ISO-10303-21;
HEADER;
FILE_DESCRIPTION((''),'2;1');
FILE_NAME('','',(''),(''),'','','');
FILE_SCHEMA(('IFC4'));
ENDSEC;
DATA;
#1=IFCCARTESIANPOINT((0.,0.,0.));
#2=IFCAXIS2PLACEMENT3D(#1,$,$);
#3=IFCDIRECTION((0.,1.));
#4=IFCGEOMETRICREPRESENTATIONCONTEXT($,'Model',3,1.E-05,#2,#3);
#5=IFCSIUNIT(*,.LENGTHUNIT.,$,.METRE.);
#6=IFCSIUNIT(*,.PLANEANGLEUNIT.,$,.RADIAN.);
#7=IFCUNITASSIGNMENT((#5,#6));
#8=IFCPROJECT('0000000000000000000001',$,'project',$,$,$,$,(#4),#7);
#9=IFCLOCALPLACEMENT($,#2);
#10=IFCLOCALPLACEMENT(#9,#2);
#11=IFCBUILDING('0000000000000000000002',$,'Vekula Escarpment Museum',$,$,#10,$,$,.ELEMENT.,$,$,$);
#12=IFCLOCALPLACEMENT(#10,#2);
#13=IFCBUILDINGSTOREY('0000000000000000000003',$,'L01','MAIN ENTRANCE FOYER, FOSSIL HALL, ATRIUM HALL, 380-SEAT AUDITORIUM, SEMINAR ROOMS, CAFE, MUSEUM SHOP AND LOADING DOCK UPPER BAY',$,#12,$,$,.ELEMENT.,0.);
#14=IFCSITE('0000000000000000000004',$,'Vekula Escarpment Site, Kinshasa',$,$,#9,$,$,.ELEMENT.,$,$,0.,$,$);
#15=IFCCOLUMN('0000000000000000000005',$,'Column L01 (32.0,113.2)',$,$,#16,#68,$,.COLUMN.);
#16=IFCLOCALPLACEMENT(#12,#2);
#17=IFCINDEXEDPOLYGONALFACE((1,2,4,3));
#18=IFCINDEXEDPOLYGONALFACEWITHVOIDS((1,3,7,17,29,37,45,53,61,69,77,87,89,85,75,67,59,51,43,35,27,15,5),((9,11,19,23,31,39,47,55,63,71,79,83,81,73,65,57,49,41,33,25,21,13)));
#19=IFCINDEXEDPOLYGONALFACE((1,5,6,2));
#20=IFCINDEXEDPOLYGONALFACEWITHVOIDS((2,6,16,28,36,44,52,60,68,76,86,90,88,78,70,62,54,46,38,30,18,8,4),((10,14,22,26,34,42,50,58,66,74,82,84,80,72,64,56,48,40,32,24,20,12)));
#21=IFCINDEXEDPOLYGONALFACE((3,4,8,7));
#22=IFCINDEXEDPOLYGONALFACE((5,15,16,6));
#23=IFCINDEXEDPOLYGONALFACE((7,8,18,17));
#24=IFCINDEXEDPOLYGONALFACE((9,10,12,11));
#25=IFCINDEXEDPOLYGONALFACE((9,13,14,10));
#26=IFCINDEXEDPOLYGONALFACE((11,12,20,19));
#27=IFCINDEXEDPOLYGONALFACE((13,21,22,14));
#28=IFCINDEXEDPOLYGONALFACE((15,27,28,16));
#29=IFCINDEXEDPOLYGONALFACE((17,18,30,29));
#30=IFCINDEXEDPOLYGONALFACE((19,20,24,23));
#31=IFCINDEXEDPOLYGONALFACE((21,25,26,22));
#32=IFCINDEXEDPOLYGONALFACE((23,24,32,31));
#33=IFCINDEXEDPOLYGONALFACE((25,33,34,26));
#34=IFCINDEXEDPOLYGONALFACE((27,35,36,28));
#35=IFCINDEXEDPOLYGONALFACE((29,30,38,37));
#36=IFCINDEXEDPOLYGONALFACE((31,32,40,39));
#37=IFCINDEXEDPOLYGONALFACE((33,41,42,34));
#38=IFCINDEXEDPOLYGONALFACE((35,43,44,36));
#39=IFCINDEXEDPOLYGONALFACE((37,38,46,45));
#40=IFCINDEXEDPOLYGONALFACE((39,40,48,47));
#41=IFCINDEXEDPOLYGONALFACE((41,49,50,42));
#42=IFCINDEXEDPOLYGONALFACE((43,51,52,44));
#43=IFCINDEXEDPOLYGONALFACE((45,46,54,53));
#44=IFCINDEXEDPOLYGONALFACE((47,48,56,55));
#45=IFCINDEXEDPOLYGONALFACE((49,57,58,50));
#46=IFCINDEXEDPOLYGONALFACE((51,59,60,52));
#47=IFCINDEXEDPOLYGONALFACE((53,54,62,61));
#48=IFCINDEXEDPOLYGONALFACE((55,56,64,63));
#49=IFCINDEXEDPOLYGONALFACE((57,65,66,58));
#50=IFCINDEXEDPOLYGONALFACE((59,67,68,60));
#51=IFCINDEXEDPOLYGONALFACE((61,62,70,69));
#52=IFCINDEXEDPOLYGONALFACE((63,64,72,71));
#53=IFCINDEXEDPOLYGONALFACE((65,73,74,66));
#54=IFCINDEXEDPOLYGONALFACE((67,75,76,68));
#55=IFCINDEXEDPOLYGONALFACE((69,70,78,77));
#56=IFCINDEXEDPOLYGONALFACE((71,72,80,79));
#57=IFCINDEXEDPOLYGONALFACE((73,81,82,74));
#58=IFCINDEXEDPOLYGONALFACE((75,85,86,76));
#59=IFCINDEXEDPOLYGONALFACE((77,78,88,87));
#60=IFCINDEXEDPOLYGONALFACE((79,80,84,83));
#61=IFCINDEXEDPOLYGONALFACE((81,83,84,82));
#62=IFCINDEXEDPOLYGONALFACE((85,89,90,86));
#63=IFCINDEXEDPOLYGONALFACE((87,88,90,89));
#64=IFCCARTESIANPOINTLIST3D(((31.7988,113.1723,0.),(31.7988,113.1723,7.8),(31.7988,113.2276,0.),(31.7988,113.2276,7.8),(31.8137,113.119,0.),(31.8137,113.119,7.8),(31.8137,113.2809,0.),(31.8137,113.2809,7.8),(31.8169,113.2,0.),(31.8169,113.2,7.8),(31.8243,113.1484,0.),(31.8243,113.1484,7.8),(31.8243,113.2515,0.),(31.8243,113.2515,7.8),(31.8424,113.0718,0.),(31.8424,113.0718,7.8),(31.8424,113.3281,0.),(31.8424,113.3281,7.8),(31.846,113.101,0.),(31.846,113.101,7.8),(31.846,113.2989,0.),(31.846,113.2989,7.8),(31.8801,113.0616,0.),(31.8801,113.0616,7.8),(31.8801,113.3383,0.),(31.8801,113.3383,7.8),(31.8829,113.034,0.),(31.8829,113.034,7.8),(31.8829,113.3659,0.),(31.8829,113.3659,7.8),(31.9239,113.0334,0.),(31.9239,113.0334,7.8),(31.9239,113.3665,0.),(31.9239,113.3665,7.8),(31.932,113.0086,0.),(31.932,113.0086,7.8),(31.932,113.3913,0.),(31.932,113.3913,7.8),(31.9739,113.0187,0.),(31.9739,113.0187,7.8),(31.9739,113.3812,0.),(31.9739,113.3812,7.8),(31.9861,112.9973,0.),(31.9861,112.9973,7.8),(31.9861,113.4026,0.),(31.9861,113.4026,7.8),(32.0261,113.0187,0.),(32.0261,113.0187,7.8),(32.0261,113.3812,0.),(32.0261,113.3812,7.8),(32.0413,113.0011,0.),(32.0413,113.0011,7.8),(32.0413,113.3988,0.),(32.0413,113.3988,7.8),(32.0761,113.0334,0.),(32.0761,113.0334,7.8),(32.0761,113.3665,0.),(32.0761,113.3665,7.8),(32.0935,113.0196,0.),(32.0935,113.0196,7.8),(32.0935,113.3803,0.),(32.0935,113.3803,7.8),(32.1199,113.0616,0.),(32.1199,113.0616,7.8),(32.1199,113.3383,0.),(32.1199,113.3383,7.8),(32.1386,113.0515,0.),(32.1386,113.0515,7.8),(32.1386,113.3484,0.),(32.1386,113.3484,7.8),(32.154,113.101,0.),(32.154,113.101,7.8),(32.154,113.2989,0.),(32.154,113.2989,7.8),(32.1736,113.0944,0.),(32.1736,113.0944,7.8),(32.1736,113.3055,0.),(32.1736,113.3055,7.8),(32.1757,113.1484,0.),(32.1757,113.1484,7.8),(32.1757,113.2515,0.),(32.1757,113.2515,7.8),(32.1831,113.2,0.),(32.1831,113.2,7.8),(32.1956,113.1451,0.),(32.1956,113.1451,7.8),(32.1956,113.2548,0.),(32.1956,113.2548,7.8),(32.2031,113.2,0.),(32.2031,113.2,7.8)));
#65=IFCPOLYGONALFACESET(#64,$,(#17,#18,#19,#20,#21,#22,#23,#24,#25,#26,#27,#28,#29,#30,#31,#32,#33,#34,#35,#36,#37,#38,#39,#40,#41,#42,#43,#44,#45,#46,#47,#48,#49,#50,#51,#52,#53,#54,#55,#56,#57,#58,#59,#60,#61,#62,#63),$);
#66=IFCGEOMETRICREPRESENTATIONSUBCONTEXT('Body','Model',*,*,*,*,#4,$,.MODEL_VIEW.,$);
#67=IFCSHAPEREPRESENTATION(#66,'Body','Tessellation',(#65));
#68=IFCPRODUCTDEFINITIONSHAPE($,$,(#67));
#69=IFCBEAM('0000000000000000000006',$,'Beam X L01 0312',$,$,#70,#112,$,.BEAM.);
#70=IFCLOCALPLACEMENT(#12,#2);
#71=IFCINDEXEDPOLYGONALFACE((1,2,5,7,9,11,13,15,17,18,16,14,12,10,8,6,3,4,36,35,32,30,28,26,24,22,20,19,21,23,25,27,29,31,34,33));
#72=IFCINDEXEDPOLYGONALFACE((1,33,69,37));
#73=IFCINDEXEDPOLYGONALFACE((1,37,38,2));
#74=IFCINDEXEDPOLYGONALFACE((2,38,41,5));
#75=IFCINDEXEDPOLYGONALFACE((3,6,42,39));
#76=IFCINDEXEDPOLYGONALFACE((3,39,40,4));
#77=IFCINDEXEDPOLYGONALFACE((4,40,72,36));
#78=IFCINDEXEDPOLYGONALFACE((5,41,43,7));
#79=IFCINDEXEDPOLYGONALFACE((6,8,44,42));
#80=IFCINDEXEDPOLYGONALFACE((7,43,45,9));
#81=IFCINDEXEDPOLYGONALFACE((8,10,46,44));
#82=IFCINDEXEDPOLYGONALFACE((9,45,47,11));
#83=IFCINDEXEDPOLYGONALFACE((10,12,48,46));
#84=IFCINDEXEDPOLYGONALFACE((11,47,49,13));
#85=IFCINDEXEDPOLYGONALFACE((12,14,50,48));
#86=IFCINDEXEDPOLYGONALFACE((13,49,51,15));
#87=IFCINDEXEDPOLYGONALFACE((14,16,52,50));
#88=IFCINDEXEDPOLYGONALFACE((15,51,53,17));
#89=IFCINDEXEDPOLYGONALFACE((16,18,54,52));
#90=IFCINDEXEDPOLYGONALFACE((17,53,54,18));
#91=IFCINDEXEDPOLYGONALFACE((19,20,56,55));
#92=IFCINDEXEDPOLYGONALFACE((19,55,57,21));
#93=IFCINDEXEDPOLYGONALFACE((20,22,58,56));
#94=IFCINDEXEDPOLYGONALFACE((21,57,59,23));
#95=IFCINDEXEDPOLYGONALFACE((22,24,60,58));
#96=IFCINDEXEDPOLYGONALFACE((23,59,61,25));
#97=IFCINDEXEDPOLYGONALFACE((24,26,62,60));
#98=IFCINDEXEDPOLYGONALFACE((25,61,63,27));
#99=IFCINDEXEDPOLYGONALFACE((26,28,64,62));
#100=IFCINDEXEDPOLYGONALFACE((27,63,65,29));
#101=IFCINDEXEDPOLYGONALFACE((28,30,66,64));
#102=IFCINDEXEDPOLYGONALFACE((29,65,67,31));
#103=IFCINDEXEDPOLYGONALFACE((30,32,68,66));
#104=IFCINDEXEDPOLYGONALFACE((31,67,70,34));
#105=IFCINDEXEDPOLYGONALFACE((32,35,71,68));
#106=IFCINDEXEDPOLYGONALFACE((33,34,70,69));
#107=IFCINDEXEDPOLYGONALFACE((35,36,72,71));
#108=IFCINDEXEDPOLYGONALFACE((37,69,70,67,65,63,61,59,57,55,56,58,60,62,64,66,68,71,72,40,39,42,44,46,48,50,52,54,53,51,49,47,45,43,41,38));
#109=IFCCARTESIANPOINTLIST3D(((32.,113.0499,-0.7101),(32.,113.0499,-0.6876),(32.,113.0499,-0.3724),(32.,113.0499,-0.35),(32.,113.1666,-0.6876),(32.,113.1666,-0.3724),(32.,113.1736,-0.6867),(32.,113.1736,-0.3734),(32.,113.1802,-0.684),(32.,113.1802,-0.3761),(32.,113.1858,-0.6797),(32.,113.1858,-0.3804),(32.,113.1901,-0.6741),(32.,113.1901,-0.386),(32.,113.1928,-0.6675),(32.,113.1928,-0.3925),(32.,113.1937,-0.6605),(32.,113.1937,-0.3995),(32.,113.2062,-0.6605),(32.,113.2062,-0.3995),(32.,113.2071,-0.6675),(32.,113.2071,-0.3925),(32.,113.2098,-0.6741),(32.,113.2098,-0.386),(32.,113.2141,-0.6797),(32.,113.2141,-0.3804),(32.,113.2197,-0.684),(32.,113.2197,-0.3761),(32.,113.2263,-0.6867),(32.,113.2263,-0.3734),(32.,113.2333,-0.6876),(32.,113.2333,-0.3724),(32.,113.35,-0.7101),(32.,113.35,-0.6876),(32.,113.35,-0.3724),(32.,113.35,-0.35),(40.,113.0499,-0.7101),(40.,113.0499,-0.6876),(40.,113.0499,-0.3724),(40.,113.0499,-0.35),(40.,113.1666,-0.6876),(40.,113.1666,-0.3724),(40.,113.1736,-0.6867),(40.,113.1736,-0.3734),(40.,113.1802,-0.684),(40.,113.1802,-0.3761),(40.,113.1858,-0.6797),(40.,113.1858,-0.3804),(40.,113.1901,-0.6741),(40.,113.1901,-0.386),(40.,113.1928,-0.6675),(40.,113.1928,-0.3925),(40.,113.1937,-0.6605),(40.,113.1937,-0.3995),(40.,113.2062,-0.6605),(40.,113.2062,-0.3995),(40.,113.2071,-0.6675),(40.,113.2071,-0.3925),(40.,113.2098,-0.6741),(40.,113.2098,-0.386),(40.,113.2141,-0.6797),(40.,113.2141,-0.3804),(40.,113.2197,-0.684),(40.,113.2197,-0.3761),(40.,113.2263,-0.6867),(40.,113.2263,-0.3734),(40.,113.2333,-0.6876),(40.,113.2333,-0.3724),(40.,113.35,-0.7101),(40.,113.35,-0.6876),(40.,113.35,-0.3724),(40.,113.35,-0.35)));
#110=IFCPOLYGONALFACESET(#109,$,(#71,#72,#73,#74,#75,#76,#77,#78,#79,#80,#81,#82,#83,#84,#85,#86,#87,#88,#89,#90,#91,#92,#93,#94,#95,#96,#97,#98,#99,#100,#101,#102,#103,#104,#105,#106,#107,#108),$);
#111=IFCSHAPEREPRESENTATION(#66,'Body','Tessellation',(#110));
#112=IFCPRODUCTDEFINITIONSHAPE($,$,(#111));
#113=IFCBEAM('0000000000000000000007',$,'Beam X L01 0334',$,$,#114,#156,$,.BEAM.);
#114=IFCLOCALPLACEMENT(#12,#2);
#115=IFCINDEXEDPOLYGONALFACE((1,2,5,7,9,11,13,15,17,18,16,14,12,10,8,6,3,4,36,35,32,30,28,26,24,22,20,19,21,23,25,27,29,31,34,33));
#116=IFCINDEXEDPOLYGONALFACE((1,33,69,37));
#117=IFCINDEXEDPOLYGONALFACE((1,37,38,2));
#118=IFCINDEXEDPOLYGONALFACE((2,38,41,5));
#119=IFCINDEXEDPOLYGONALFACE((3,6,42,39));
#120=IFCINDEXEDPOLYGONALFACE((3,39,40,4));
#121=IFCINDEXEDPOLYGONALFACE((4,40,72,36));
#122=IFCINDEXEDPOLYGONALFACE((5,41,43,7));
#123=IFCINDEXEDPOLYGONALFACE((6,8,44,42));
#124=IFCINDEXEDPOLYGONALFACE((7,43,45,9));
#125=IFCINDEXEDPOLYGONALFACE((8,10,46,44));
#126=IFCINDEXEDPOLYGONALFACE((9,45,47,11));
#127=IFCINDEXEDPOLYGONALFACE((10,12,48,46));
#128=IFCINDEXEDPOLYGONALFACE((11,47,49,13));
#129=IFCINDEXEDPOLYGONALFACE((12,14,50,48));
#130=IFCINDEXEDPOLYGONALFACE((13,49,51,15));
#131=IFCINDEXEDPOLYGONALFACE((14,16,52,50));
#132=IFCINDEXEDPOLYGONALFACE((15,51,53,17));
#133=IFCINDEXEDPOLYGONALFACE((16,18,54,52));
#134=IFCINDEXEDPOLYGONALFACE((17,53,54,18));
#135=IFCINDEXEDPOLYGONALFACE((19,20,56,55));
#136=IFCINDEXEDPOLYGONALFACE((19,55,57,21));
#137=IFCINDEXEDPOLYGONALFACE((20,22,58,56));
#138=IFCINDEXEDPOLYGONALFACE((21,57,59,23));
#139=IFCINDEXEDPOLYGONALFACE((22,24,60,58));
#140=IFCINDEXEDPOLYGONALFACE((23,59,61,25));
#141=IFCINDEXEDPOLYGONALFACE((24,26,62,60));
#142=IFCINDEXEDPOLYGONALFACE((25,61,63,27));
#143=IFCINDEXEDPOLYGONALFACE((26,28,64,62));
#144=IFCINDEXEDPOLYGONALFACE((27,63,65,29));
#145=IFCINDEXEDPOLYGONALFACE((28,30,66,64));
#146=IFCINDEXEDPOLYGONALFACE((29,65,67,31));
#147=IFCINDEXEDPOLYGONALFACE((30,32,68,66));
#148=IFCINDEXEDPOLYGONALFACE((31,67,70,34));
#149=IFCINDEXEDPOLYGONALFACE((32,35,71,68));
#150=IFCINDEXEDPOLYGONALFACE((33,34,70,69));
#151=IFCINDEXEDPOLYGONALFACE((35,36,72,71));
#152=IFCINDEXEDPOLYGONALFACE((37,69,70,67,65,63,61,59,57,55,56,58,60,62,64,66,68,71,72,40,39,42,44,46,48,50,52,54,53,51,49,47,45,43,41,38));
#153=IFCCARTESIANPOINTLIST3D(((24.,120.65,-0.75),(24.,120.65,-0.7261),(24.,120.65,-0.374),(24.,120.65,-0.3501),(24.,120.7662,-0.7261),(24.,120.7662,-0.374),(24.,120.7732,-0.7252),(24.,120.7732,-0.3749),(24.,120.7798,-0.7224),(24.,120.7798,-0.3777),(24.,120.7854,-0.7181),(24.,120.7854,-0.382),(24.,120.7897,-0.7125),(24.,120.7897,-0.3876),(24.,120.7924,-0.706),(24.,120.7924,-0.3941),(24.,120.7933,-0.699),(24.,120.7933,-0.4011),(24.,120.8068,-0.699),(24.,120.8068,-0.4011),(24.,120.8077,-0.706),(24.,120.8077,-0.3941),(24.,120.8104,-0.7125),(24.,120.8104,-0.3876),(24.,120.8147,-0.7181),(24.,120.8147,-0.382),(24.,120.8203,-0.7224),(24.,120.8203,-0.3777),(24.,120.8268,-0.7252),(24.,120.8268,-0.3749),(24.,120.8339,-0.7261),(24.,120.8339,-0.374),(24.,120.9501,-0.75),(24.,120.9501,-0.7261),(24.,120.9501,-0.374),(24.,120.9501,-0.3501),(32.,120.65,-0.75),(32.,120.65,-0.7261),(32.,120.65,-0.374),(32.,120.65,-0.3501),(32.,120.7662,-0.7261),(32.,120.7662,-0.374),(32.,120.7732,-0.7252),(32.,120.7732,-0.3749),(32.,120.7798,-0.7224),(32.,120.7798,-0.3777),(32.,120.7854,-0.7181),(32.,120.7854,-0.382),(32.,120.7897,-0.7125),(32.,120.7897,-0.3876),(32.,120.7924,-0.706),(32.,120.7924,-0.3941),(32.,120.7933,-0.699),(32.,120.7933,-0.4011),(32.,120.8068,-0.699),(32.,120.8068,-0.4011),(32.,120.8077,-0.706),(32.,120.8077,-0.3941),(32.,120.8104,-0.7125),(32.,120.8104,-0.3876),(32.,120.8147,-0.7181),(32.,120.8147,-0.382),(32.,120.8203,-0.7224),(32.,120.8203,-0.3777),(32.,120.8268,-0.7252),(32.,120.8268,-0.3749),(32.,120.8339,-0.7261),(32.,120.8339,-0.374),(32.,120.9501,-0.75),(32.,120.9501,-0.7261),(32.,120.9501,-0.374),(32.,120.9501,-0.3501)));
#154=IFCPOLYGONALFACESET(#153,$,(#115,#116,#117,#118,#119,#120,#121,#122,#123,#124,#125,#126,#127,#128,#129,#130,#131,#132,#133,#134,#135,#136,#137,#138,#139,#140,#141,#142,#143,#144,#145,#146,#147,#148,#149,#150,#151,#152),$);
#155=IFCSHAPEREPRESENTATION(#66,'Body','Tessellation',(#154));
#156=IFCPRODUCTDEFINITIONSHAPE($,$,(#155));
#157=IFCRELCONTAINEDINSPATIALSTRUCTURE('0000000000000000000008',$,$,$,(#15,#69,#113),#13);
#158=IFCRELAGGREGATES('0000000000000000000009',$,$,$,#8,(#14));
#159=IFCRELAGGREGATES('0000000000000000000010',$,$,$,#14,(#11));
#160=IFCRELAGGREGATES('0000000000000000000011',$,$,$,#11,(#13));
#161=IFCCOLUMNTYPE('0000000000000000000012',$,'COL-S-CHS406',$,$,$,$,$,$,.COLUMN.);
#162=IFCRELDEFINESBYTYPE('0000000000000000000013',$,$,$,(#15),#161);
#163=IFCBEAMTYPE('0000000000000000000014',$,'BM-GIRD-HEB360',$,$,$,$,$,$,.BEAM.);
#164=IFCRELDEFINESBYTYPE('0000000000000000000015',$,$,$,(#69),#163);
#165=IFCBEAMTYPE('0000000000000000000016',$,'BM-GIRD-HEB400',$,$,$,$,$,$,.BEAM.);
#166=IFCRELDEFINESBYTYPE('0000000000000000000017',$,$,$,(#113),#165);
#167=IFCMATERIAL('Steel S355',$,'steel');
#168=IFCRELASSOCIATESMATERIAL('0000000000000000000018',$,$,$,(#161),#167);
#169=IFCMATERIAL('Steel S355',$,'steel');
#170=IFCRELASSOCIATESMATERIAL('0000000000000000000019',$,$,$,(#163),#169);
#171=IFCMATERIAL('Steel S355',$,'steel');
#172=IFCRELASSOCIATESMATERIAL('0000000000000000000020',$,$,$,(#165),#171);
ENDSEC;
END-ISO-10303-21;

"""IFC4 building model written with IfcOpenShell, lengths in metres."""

from ifc_helpers import new_model, si_unit, direction, frame, origin, origin_2d, place, context, subcontext, project, spatial, hollow_circle, i_section, extrude, material, material_profile, profile_set, type_object, element, save


model = new_model("IFC4")

# Units and contexts
model_context = context("Model", 3, precision=1e-05, world=origin(), true_north=direction((0.0, 1.0)))
body_context = subcontext(model_context, "Body", "Model", "MODEL_VIEW")
ifc_project = project(units=[si_unit("LENGTHUNIT", "METRE"), si_unit("PLANEANGLEUNIT", "RADIAN")], contexts=[model_context])

# Site, building, storey
site_placement = place(None, origin())
site = spatial("IfcSite", under=ifc_project, at=site_placement, Name="Vekula Escarpment Site, Kinshasa", CompositionType="ELEMENT", RefElevation=0.0)
building_placement = place(site_placement, origin())
building = spatial("IfcBuilding", under=site, at=building_placement, Name="Vekula Escarpment Museum", CompositionType="ELEMENT")
storey_placement = place(building_placement, origin())
storey = spatial("IfcBuildingStorey", under=building, at=storey_placement, Name="L01", Description="MAIN ENTRANCE FOYER, FOSSIL HALL, ATRIUM HALL, 380-SEAT AUDITORIUM, SEMINAR ROOMS, CAFE, MUSEUM SHOP AND LOADING DOCK UPPER BAY", CompositionType="ELEMENT", Elevation=0.0)

# Column
ifc_material_1 = material(Name="Steel S355", Category="steel")
ifc_material_profile_1 = material_profile(ifc_material_1, hollow_circle(Radius=0.2031, WallThickness=0.02, at=origin_2d()), Name="CHS 406.4x20")
ifc_profile_set_1 = profile_set([ifc_material_profile_1], Name="Steel S355")
column_type = type_object("IfcColumnType", Name="COL-S-CHS406", PredefinedType="COLUMN", material=ifc_profile_set_1)
column_placement = place(storey_placement, frame((32.0, 113.2, 0.0), z_axis=(0.0, 0.0, 1.0), x_axis=(1.0, 0.0, 0.0)))
element("IfcColumn", 1, at=column_placement, inside=storey, type_object=column_type, Name="Column L01 (32.0,113.2)", PredefinedType="COLUMN", context=body_context, shape_type="SweptSolid", body=[
    extrude(hollow_circle(Radius=0.2031, WallThickness=0.02, at=origin_2d()), origin(), (0.0, 0.0, 1.0), 7.8),
])

# Beams
ifc_material_2 = material(Name="Steel S355", Category="steel")
ifc_material_profile_2 = material_profile(ifc_material_2, i_section(OverallWidth=0.3, OverallDepth=0.3601, WebThickness=0.0125, FlangeThickness=0.0225, FilletRadius=0.0271, at=origin_2d()), Name="HEB 360")
ifc_profile_set_2 = profile_set([ifc_material_profile_2], Name="Steel S355")
beam_type_1 = type_object("IfcBeamType", Name="BM-GIRD-HEB360", PredefinedType="BEAM", material=ifc_profile_set_2)
beam_1_placement = place(storey_placement, frame((32.0, 113.2, -0.53), z_axis=(1.0, 0.0, 0.0), x_axis=(0.0, 1.0, 0.0)))
element("IfcBeam", 2, at=beam_1_placement, inside=storey, type_object=beam_type_1, Name="Beam X L01 0312", PredefinedType="BEAM", context=body_context, shape_type="SweptSolid", body=[
    extrude(i_section(OverallWidth=0.3, OverallDepth=0.3601, WebThickness=0.0125, FlangeThickness=0.0225, FilletRadius=0.0271, at=origin_2d()), origin(), (0.0, 0.0, 1.0), 8.0),
])
ifc_material_3 = material(Name="Steel S355", Category="steel")
ifc_material_profile_3 = material_profile(ifc_material_3, i_section(OverallWidth=0.3, OverallDepth=0.3999, WebThickness=0.0134, FlangeThickness=0.0239, FilletRadius=0.0271, at=origin_2d()), Name="HEB 400")
ifc_profile_set_3 = profile_set([ifc_material_profile_3], Name="Steel S355")
beam_type_2 = type_object("IfcBeamType", Name="BM-GIRD-HEB400", PredefinedType="BEAM", material=ifc_profile_set_3)
beam_2_placement = place(storey_placement, frame((24.0, 120.8, -0.55), z_axis=(1.0, 0.0, 0.0), x_axis=(0.0, 1.0, 0.0)))
element("IfcBeam", 3, at=beam_2_placement, inside=storey, type_object=beam_type_2, Name="Beam X L01 0334", PredefinedType="BEAM", context=body_context, shape_type="SweptSolid", body=[
    extrude(i_section(OverallWidth=0.3, OverallDepth=0.3999, WebThickness=0.0134, FlangeThickness=0.0239, FilletRadius=0.0271, at=origin_2d()), origin(), (0.0, 0.0, 1.0), 8.0),
])

save(model, "model.ifc")
